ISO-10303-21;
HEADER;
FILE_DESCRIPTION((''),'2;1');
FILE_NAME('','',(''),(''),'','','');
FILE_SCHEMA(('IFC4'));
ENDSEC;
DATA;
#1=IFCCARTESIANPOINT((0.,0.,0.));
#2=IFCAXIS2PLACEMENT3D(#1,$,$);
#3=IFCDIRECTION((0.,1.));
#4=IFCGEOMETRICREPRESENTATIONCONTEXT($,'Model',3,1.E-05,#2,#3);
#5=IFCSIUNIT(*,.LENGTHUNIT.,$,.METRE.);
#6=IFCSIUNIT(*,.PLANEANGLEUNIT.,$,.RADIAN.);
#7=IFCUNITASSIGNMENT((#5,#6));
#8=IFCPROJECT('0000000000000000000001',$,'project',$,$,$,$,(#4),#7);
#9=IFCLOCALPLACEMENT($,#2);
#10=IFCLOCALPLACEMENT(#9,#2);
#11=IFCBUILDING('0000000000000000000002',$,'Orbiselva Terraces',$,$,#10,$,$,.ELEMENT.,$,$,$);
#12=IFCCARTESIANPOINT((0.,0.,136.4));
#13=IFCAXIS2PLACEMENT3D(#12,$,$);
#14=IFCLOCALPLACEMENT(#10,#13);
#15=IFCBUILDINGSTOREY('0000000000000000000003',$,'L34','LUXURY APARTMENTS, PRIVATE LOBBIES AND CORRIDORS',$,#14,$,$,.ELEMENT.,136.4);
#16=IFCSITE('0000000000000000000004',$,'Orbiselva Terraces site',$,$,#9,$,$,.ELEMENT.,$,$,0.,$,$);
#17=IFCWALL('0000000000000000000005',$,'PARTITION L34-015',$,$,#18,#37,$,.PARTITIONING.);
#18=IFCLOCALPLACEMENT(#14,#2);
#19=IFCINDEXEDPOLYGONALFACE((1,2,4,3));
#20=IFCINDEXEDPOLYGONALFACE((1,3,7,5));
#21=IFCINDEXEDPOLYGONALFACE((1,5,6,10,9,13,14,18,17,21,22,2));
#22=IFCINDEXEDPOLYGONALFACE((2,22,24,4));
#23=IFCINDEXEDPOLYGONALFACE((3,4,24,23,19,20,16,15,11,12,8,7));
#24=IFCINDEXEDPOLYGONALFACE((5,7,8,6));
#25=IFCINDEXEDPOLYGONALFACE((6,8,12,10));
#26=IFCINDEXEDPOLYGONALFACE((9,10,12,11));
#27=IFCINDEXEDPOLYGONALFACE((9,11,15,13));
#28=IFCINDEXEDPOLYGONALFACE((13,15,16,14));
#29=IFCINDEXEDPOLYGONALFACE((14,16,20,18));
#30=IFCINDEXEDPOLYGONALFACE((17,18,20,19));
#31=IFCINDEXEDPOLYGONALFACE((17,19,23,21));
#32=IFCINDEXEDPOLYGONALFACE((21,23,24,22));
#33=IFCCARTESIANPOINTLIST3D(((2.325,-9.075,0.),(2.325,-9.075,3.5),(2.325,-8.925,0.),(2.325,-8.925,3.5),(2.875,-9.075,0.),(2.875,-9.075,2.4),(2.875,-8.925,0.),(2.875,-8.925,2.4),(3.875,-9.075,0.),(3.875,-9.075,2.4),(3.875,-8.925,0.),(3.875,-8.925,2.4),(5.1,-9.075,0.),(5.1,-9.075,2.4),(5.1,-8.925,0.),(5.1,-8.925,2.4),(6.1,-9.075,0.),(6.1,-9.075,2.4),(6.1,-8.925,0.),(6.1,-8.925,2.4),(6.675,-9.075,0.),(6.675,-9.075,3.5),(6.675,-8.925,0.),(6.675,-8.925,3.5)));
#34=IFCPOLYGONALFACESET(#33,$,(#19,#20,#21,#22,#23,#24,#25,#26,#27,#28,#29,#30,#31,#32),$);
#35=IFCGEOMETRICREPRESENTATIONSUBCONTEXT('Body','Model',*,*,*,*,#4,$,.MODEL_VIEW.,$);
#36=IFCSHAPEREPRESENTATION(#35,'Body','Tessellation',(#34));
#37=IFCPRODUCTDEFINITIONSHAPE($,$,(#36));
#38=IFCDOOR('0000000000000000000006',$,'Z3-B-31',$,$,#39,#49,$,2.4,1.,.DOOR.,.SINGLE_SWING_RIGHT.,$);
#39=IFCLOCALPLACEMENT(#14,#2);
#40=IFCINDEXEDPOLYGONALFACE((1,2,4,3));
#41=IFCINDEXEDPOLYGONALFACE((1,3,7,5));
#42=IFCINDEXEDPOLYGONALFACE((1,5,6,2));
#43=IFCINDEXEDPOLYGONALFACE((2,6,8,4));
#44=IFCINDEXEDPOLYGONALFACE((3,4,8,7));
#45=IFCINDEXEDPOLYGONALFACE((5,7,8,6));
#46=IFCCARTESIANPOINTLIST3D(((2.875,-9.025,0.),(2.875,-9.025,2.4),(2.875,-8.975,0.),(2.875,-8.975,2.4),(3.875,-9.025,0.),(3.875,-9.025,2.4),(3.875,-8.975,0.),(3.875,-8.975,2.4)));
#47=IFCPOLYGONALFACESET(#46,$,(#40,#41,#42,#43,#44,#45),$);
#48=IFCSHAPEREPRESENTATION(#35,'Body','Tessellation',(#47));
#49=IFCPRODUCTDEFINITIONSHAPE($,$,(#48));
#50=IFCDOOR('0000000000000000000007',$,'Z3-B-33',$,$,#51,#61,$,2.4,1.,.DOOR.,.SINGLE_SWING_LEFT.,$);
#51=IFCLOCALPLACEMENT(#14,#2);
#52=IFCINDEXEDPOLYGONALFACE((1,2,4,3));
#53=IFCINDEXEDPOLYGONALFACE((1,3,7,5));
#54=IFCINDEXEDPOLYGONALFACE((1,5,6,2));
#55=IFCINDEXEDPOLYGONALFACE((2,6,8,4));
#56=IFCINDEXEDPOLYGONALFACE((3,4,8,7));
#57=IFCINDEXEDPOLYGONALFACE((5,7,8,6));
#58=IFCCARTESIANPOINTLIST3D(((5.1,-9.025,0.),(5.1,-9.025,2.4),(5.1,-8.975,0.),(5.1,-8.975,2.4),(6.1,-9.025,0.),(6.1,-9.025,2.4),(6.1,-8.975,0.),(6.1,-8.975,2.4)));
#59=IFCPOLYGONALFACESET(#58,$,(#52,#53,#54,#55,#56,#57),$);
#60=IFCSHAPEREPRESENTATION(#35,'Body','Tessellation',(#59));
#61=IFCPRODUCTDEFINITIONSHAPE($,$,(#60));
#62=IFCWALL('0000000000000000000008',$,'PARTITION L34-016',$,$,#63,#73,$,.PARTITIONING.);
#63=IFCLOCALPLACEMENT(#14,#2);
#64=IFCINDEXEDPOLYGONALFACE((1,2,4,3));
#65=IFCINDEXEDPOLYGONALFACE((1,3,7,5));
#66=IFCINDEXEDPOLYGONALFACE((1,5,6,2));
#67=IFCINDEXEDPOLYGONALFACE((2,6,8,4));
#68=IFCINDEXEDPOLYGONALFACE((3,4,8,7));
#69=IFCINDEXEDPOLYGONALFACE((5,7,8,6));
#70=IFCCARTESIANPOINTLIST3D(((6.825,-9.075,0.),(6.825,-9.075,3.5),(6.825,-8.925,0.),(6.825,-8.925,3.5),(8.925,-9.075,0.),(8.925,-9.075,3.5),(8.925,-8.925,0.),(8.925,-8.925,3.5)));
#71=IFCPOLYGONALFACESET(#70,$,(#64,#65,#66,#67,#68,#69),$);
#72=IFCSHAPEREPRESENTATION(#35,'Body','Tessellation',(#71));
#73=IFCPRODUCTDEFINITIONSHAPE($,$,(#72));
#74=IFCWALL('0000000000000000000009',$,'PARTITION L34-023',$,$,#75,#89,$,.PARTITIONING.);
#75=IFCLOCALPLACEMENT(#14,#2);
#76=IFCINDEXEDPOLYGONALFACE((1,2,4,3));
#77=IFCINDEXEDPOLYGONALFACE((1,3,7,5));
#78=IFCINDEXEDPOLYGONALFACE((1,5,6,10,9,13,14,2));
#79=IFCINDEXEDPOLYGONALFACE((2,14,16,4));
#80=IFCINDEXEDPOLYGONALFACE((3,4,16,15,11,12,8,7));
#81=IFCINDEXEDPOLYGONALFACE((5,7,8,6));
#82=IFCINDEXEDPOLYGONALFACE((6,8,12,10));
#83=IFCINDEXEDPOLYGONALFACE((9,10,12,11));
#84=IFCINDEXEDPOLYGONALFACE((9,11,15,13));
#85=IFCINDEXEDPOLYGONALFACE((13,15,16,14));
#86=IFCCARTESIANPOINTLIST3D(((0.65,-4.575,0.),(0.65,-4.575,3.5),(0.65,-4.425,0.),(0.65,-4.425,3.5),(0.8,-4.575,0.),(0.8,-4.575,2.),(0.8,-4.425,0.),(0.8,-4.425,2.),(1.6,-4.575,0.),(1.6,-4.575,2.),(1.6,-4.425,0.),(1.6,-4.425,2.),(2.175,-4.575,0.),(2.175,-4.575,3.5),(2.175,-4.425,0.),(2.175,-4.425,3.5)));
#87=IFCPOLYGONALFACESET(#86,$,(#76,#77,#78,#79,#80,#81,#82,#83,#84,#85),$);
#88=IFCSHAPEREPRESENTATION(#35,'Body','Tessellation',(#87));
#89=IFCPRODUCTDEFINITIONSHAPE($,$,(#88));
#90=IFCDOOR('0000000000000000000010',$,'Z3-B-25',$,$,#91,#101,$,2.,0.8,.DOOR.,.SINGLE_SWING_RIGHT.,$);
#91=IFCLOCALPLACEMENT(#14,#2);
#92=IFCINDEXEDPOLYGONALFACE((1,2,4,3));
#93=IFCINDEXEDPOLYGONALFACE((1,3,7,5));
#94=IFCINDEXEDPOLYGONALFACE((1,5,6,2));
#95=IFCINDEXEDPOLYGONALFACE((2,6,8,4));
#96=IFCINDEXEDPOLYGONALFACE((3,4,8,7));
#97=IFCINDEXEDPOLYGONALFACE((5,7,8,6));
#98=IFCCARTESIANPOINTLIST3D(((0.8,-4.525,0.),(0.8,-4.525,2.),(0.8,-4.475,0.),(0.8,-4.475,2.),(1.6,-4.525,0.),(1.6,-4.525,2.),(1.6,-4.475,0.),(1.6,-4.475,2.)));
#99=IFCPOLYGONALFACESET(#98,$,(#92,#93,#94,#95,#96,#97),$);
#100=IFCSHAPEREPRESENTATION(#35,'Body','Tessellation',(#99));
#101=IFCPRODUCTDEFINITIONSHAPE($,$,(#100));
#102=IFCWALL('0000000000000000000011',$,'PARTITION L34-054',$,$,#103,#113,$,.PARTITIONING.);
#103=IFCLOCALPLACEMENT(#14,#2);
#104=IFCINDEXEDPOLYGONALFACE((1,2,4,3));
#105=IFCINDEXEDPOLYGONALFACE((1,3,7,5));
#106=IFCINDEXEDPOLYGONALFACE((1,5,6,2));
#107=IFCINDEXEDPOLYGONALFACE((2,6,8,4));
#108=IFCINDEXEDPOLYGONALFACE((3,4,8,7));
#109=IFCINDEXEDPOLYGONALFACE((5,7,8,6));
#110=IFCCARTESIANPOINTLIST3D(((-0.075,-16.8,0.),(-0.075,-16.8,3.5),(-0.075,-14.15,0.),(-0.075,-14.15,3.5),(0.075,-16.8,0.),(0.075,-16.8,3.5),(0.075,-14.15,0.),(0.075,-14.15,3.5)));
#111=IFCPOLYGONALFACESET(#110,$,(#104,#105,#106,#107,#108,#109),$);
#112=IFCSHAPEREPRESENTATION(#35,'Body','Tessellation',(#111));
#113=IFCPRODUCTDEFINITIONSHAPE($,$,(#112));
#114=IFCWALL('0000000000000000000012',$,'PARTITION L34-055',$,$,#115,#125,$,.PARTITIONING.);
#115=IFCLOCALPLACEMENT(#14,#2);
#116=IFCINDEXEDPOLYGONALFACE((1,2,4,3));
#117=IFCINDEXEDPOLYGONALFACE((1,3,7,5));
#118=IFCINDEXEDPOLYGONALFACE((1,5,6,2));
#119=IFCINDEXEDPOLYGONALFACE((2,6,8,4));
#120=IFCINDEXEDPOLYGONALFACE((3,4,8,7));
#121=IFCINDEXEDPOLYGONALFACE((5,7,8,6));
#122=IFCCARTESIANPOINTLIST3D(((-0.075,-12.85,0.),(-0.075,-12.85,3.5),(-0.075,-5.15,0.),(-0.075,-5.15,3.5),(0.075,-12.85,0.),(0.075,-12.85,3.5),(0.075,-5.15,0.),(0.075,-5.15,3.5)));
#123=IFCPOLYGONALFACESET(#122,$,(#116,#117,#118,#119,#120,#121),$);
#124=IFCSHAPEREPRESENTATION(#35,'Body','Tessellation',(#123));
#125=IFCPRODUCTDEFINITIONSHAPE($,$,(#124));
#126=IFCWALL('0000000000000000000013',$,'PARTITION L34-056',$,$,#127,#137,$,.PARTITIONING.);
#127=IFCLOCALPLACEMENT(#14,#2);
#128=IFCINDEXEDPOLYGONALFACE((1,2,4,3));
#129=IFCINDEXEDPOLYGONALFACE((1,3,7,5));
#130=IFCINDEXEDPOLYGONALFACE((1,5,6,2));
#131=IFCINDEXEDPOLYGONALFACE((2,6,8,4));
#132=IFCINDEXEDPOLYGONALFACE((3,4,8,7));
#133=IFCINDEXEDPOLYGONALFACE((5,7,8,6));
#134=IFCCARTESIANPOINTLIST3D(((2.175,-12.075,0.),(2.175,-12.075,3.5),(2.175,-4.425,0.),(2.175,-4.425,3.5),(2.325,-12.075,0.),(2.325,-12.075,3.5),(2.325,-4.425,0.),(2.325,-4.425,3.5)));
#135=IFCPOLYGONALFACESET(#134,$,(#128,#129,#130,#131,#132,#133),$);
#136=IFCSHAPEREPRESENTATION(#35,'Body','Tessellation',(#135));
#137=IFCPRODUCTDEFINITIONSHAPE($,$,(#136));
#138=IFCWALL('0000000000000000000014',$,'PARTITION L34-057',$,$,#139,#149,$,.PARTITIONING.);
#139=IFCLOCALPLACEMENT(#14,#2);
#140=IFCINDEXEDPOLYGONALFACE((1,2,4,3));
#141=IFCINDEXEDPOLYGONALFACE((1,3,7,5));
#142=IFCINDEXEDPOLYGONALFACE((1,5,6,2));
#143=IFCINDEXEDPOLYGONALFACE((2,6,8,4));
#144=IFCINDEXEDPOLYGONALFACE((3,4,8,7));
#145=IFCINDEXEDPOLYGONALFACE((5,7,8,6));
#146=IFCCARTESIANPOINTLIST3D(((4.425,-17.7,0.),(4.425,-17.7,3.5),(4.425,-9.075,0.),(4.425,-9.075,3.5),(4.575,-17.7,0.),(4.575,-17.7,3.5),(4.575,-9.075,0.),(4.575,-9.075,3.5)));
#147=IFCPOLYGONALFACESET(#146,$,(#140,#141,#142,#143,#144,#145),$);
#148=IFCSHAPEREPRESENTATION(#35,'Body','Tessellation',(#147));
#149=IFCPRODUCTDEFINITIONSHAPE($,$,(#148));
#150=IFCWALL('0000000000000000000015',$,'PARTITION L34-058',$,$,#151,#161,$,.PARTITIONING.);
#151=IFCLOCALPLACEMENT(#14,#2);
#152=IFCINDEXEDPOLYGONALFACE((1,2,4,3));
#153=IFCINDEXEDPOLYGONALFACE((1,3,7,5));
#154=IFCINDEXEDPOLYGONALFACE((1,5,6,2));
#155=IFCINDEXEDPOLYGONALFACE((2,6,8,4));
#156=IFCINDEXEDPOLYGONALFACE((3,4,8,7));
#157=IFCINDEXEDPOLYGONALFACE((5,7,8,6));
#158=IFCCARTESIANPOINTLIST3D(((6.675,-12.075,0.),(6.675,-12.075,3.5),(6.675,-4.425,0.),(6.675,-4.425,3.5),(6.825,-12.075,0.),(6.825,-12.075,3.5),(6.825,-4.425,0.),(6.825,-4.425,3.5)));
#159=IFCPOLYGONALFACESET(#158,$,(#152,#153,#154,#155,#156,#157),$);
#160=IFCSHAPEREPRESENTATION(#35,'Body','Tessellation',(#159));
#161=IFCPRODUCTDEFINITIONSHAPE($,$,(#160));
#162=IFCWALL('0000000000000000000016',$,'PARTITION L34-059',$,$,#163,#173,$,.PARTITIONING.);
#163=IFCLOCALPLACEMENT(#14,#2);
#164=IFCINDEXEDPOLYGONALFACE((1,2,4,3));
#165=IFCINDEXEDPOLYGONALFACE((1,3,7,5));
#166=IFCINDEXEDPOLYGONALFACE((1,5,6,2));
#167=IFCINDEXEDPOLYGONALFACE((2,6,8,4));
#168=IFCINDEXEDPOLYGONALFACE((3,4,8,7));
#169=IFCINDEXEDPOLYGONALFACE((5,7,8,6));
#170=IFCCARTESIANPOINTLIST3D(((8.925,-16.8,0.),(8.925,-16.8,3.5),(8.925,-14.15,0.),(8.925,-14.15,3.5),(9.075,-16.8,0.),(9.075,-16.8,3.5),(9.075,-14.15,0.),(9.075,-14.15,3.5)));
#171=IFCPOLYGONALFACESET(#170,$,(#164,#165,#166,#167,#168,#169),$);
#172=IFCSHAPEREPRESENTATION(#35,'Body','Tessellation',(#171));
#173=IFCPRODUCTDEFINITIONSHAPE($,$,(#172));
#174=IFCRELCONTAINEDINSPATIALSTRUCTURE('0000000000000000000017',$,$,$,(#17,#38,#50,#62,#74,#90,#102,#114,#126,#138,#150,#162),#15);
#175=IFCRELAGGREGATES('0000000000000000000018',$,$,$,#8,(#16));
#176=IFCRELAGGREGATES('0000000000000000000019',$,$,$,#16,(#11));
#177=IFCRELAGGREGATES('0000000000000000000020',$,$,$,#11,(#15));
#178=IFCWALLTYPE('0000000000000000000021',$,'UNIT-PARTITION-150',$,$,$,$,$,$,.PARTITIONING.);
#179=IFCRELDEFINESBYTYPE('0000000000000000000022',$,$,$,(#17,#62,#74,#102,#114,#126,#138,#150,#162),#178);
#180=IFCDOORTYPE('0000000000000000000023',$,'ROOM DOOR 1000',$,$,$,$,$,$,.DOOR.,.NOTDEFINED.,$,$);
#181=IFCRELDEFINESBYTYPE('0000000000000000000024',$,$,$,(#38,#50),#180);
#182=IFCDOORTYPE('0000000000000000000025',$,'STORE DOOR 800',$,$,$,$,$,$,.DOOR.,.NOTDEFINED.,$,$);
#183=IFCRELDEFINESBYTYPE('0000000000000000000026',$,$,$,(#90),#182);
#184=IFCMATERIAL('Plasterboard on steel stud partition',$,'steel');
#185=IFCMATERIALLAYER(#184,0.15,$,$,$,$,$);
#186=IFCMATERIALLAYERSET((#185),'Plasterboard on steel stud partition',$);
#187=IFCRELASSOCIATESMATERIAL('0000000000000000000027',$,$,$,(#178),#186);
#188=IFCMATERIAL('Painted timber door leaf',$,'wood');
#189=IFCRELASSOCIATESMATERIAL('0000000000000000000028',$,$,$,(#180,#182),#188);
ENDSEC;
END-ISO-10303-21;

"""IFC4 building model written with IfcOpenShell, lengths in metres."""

from ifc_helpers import new_model, si_unit, direction, frame, frame_2d, origin, place, context, subcontext, project, spatial, rectangle, extrude, material, layer, layer_set, type_object, element, fill, save


model = new_model("IFC4")

# Units and contexts
model_context = context("Model", 3, precision=1e-05, world=origin(), true_north=direction((0.0, 1.0)))
body_context = subcontext(model_context, "Body", "Model", "MODEL_VIEW")
ifc_project = project(units=[si_unit("LENGTHUNIT", "METRE"), si_unit("PLANEANGLEUNIT", "RADIAN")], contexts=[model_context])

# Site, building, storey
site_placement = place(None, origin())
site = spatial("IfcSite", under=ifc_project, at=site_placement, Name="Orbiselva Terraces site", CompositionType="ELEMENT", RefElevation=0.0)
building_placement = place(site_placement, origin())
building = spatial("IfcBuilding", under=site, at=building_placement, Name="Orbiselva Terraces", CompositionType="ELEMENT")
storey_placement = place(building_placement, frame((0.0, 0.0, 136.4)))
storey = spatial("IfcBuildingStorey", under=building, at=storey_placement, Name="L34", Description="LUXURY APARTMENTS, PRIVATE LOBBIES AND CORRIDORS", CompositionType="ELEMENT", Elevation=136.4)

# Shared definitions
ifc_material_1 = material(Name="Plasterboard on steel stud partition", Category="steel")
ifc_layer_1 = layer(ifc_material_1, 0.15)
ifc_layer_set_1 = layer_set([ifc_layer_1], Name="Plasterboard on steel stud partition")
wall_type_1 = type_object("IfcWallType", Name="UNIT-PARTITION-150", PredefinedType="PARTITIONING", material=ifc_layer_set_1)
ifc_material_2 = material(Name="Painted timber door leaf", Category="wood")

# Wall, openings, doors
wall_1_placement = place(storey_placement, frame((6.675, -9.0, 0.0), z_axis=(0.0, 0.0, 1.0), x_axis=(-1.0, 0.0, 0.0)))
wall_1 = element("IfcWall", 1, at=wall_1_placement, inside=storey, type_object=wall_type_1, Name="PARTITION L34-015", PredefinedType="PARTITIONING", context=body_context, shape_type="SweptSolid", body=[
    extrude(rectangle(XDim=4.35, YDim=0.15, at=frame_2d((2.175, 0.0))), origin(), (0.0, 0.0, 1.0), 3.5),
])
opening_1_placement = place(wall_1_placement, frame((2.8, 0.0, 0.0)))
opening_1 = element("IfcOpeningElement", 2, at=opening_1_placement, cuts=wall_1, PredefinedType="OPENING", context=body_context, shape_type="SweptSolid", body=[
    extrude(rectangle(XDim=1.0, YDim=2.4, at=frame_2d((0.5, 1.2))), frame((0.0, 0.085, 0.0), z_axis=(0.0, -1.0, 0.0), x_axis=(1.0, 0.0, 0.0)), (0.0, 0.0, 1.0), 0.17),
])
opening_2_placement = place(wall_1_placement, frame((0.575, 0.0, 0.0)))
opening_2 = element("IfcOpeningElement", 3, at=opening_2_placement, cuts=wall_1, PredefinedType="OPENING", context=body_context, shape_type="SweptSolid", body=[
    extrude(rectangle(XDim=1.0, YDim=2.4, at=frame_2d((0.5, 1.2))), frame((0.0, 0.085, 0.0), z_axis=(0.0, -1.0, 0.0), x_axis=(1.0, 0.0, 0.0)), (0.0, 0.0, 1.0), 0.17),
])
door_type_1 = type_object("IfcDoorType", Name="ROOM DOOR 1000", OperationType="NOTDEFINED", PredefinedType="DOOR", material=ifc_material_2)
door_1_placement = place(opening_1_placement, origin())
door_1 = element("IfcDoor", 4, at=door_1_placement, inside=storey, type_object=door_type_1, Name="Z3-B-31", OperationType="SINGLE_SWING_RIGHT", OverallHeight=2.4, OverallWidth=1.0, PredefinedType="DOOR", context=body_context, shape_type="SweptSolid", body=[
    extrude(rectangle(XDim=1.0, YDim=2.4, at=frame_2d((0.5, 1.2))), frame((0.0, 0.025, 0.0), z_axis=(0.0, -1.0, 0.0), x_axis=(1.0, 0.0, 0.0)), (0.0, 0.0, 1.0), 0.05),
])
fill(opening_1, door_1)
door_2_placement = place(opening_2_placement, origin())
door_2 = element("IfcDoor", 5, at=door_2_placement, inside=storey, type_object=door_type_1, Name="Z3-B-33", OperationType="SINGLE_SWING_LEFT", OverallHeight=2.4, OverallWidth=1.0, PredefinedType="DOOR", context=body_context, shape_type="SweptSolid", body=[
    extrude(rectangle(XDim=1.0, YDim=2.4, at=frame_2d((0.5, 1.2))), frame((0.0, 0.025, 0.0), z_axis=(0.0, -1.0, 0.0), x_axis=(1.0, 0.0, 0.0)), (0.0, 0.0, 1.0), 0.05),
])
fill(opening_2, door_2)

# Wall
wall_2_placement = place(storey_placement, frame((6.825, -9.0, 0.0), z_axis=(0.0, 0.0, 1.0), x_axis=(1.0, 0.0, 0.0)))
element("IfcWall", 6, at=wall_2_placement, inside=storey, type_object=wall_type_1, Name="PARTITION L34-016", PredefinedType="PARTITIONING", context=body_context, shape_type="SweptSolid", body=[
    extrude(rectangle(XDim=2.1, YDim=0.15, at=frame_2d((1.05, 0.0))), origin(), (0.0, 0.0, 1.0), 3.5),
])

# Wall, opening, door
wall_3_placement = place(storey_placement, frame((2.175, -4.5, 0.0), z_axis=(0.0, 0.0, 1.0), x_axis=(-1.0, 0.0, 0.0)))
wall_3 = element("IfcWall", 7, at=wall_3_placement, inside=storey, type_object=wall_type_1, Name="PARTITION L34-023", PredefinedType="PARTITIONING", context=body_context, shape_type="SweptSolid", body=[
    extrude(rectangle(XDim=1.525, YDim=0.15, at=frame_2d((0.7625, 0.0))), origin(), (0.0, 0.0, 1.0), 3.5),
])
opening_3_placement = place(wall_3_placement, frame((0.575, 0.0, 0.0)))
opening_3 = element("IfcOpeningElement", 8, at=opening_3_placement, cuts=wall_3, PredefinedType="OPENING", context=body_context, shape_type="SweptSolid", body=[
    extrude(rectangle(XDim=0.8, YDim=2.0, at=frame_2d((0.4, 1.0))), frame((0.0, 0.085, 0.0), z_axis=(0.0, -1.0, 0.0), x_axis=(1.0, 0.0, 0.0)), (0.0, 0.0, 1.0), 0.17),
])
door_type_2 = type_object("IfcDoorType", Name="STORE DOOR 800", OperationType="NOTDEFINED", PredefinedType="DOOR", material=ifc_material_2)
door_3_placement = place(opening_3_placement, origin())
door_3 = element("IfcDoor", 9, at=door_3_placement, inside=storey, type_object=door_type_2, Name="Z3-B-25", OperationType="SINGLE_SWING_RIGHT", OverallHeight=2.0, OverallWidth=0.8, PredefinedType="DOOR", context=body_context, shape_type="SweptSolid", body=[
    extrude(rectangle(XDim=0.8, YDim=2.0, at=frame_2d((0.4, 1.0))), frame((0.0, 0.025, 0.0), z_axis=(0.0, -1.0, 0.0), x_axis=(1.0, 0.0, 0.0)), (0.0, 0.0, 1.0), 0.05),
])
fill(opening_3, door_3)

# Walls
wall_4_placement = place(storey_placement, frame((0.0, -16.8, 0.0), z_axis=(0.0, 0.0, 1.0), x_axis=(0.0, 1.0, 0.0)))
element("IfcWall", 10, at=wall_4_placement, inside=storey, type_object=wall_type_1, Name="PARTITION L34-054", PredefinedType="PARTITIONING", context=body_context, shape_type="SweptSolid", body=[
    extrude(rectangle(XDim=2.65, YDim=0.15, at=frame_2d((1.325, 0.0))), origin(), (0.0, 0.0, 1.0), 3.5),
])
wall_5_placement = place(storey_placement, frame((0.0, -12.85, 0.0), z_axis=(0.0, 0.0, 1.0), x_axis=(0.0, 1.0, 0.0)))
element("IfcWall", 11, at=wall_5_placement, inside=storey, type_object=wall_type_1, Name="PARTITION L34-055", PredefinedType="PARTITIONING", context=body_context, shape_type="SweptSolid", body=[
    extrude(rectangle(XDim=7.7, YDim=0.15, at=frame_2d((3.85, 0.0))), origin(), (0.0, 0.0, 1.0), 3.5),
])
wall_6_placement = place(storey_placement, frame((2.25, -12.075, 0.0), z_axis=(0.0, 0.0, 1.0), x_axis=(0.0, 1.0, 0.0)))
element("IfcWall", 12, at=wall_6_placement, inside=storey, type_object=wall_type_1, Name="PARTITION L34-056", PredefinedType="PARTITIONING", context=body_context, shape_type="SweptSolid", body=[
    extrude(rectangle(XDim=7.65, YDim=0.15, at=frame_2d((3.825, 0.0))), origin(), (0.0, 0.0, 1.0), 3.5),
])
wall_7_placement = place(storey_placement, frame((4.5, -17.7, 0.0), z_axis=(0.0, 0.0, 1.0), x_axis=(0.0, 1.0, 0.0)))
element("IfcWall", 13, at=wall_7_placement, inside=storey, type_object=wall_type_1, Name="PARTITION L34-057", PredefinedType="PARTITIONING", context=body_context, shape_type="SweptSolid", body=[
    extrude(rectangle(XDim=8.625, YDim=0.15, at=frame_2d((4.3125, 0.0))), origin(), (0.0, 0.0, 1.0), 3.5),
])
wall_8_placement = place(storey_placement, frame((6.75, -12.075, 0.0), z_axis=(0.0, 0.0, 1.0), x_axis=(0.0, 1.0, 0.0)))
element("IfcWall", 14, at=wall_8_placement, inside=storey, type_object=wall_type_1, Name="PARTITION L34-058", PredefinedType="PARTITIONING", context=body_context, shape_type="SweptSolid", body=[
    extrude(rectangle(XDim=7.65, YDim=0.15, at=frame_2d((3.825, 0.0))), origin(), (0.0, 0.0, 1.0), 3.5),
])
wall_9_placement = place(storey_placement, frame((9.0, -16.8, 0.0), z_axis=(0.0, 0.0, 1.0), x_axis=(0.0, 1.0, 0.0)))
element("IfcWall", 15, at=wall_9_placement, inside=storey, type_object=wall_type_1, Name="PARTITION L34-059", PredefinedType="PARTITIONING", context=body_context, shape_type="SweptSolid", body=[
    extrude(rectangle(XDim=2.65, YDim=0.15, at=frame_2d((1.325, 0.0))), origin(), (0.0, 0.0, 1.0), 3.5),
])

save(model, "model.ifc")
